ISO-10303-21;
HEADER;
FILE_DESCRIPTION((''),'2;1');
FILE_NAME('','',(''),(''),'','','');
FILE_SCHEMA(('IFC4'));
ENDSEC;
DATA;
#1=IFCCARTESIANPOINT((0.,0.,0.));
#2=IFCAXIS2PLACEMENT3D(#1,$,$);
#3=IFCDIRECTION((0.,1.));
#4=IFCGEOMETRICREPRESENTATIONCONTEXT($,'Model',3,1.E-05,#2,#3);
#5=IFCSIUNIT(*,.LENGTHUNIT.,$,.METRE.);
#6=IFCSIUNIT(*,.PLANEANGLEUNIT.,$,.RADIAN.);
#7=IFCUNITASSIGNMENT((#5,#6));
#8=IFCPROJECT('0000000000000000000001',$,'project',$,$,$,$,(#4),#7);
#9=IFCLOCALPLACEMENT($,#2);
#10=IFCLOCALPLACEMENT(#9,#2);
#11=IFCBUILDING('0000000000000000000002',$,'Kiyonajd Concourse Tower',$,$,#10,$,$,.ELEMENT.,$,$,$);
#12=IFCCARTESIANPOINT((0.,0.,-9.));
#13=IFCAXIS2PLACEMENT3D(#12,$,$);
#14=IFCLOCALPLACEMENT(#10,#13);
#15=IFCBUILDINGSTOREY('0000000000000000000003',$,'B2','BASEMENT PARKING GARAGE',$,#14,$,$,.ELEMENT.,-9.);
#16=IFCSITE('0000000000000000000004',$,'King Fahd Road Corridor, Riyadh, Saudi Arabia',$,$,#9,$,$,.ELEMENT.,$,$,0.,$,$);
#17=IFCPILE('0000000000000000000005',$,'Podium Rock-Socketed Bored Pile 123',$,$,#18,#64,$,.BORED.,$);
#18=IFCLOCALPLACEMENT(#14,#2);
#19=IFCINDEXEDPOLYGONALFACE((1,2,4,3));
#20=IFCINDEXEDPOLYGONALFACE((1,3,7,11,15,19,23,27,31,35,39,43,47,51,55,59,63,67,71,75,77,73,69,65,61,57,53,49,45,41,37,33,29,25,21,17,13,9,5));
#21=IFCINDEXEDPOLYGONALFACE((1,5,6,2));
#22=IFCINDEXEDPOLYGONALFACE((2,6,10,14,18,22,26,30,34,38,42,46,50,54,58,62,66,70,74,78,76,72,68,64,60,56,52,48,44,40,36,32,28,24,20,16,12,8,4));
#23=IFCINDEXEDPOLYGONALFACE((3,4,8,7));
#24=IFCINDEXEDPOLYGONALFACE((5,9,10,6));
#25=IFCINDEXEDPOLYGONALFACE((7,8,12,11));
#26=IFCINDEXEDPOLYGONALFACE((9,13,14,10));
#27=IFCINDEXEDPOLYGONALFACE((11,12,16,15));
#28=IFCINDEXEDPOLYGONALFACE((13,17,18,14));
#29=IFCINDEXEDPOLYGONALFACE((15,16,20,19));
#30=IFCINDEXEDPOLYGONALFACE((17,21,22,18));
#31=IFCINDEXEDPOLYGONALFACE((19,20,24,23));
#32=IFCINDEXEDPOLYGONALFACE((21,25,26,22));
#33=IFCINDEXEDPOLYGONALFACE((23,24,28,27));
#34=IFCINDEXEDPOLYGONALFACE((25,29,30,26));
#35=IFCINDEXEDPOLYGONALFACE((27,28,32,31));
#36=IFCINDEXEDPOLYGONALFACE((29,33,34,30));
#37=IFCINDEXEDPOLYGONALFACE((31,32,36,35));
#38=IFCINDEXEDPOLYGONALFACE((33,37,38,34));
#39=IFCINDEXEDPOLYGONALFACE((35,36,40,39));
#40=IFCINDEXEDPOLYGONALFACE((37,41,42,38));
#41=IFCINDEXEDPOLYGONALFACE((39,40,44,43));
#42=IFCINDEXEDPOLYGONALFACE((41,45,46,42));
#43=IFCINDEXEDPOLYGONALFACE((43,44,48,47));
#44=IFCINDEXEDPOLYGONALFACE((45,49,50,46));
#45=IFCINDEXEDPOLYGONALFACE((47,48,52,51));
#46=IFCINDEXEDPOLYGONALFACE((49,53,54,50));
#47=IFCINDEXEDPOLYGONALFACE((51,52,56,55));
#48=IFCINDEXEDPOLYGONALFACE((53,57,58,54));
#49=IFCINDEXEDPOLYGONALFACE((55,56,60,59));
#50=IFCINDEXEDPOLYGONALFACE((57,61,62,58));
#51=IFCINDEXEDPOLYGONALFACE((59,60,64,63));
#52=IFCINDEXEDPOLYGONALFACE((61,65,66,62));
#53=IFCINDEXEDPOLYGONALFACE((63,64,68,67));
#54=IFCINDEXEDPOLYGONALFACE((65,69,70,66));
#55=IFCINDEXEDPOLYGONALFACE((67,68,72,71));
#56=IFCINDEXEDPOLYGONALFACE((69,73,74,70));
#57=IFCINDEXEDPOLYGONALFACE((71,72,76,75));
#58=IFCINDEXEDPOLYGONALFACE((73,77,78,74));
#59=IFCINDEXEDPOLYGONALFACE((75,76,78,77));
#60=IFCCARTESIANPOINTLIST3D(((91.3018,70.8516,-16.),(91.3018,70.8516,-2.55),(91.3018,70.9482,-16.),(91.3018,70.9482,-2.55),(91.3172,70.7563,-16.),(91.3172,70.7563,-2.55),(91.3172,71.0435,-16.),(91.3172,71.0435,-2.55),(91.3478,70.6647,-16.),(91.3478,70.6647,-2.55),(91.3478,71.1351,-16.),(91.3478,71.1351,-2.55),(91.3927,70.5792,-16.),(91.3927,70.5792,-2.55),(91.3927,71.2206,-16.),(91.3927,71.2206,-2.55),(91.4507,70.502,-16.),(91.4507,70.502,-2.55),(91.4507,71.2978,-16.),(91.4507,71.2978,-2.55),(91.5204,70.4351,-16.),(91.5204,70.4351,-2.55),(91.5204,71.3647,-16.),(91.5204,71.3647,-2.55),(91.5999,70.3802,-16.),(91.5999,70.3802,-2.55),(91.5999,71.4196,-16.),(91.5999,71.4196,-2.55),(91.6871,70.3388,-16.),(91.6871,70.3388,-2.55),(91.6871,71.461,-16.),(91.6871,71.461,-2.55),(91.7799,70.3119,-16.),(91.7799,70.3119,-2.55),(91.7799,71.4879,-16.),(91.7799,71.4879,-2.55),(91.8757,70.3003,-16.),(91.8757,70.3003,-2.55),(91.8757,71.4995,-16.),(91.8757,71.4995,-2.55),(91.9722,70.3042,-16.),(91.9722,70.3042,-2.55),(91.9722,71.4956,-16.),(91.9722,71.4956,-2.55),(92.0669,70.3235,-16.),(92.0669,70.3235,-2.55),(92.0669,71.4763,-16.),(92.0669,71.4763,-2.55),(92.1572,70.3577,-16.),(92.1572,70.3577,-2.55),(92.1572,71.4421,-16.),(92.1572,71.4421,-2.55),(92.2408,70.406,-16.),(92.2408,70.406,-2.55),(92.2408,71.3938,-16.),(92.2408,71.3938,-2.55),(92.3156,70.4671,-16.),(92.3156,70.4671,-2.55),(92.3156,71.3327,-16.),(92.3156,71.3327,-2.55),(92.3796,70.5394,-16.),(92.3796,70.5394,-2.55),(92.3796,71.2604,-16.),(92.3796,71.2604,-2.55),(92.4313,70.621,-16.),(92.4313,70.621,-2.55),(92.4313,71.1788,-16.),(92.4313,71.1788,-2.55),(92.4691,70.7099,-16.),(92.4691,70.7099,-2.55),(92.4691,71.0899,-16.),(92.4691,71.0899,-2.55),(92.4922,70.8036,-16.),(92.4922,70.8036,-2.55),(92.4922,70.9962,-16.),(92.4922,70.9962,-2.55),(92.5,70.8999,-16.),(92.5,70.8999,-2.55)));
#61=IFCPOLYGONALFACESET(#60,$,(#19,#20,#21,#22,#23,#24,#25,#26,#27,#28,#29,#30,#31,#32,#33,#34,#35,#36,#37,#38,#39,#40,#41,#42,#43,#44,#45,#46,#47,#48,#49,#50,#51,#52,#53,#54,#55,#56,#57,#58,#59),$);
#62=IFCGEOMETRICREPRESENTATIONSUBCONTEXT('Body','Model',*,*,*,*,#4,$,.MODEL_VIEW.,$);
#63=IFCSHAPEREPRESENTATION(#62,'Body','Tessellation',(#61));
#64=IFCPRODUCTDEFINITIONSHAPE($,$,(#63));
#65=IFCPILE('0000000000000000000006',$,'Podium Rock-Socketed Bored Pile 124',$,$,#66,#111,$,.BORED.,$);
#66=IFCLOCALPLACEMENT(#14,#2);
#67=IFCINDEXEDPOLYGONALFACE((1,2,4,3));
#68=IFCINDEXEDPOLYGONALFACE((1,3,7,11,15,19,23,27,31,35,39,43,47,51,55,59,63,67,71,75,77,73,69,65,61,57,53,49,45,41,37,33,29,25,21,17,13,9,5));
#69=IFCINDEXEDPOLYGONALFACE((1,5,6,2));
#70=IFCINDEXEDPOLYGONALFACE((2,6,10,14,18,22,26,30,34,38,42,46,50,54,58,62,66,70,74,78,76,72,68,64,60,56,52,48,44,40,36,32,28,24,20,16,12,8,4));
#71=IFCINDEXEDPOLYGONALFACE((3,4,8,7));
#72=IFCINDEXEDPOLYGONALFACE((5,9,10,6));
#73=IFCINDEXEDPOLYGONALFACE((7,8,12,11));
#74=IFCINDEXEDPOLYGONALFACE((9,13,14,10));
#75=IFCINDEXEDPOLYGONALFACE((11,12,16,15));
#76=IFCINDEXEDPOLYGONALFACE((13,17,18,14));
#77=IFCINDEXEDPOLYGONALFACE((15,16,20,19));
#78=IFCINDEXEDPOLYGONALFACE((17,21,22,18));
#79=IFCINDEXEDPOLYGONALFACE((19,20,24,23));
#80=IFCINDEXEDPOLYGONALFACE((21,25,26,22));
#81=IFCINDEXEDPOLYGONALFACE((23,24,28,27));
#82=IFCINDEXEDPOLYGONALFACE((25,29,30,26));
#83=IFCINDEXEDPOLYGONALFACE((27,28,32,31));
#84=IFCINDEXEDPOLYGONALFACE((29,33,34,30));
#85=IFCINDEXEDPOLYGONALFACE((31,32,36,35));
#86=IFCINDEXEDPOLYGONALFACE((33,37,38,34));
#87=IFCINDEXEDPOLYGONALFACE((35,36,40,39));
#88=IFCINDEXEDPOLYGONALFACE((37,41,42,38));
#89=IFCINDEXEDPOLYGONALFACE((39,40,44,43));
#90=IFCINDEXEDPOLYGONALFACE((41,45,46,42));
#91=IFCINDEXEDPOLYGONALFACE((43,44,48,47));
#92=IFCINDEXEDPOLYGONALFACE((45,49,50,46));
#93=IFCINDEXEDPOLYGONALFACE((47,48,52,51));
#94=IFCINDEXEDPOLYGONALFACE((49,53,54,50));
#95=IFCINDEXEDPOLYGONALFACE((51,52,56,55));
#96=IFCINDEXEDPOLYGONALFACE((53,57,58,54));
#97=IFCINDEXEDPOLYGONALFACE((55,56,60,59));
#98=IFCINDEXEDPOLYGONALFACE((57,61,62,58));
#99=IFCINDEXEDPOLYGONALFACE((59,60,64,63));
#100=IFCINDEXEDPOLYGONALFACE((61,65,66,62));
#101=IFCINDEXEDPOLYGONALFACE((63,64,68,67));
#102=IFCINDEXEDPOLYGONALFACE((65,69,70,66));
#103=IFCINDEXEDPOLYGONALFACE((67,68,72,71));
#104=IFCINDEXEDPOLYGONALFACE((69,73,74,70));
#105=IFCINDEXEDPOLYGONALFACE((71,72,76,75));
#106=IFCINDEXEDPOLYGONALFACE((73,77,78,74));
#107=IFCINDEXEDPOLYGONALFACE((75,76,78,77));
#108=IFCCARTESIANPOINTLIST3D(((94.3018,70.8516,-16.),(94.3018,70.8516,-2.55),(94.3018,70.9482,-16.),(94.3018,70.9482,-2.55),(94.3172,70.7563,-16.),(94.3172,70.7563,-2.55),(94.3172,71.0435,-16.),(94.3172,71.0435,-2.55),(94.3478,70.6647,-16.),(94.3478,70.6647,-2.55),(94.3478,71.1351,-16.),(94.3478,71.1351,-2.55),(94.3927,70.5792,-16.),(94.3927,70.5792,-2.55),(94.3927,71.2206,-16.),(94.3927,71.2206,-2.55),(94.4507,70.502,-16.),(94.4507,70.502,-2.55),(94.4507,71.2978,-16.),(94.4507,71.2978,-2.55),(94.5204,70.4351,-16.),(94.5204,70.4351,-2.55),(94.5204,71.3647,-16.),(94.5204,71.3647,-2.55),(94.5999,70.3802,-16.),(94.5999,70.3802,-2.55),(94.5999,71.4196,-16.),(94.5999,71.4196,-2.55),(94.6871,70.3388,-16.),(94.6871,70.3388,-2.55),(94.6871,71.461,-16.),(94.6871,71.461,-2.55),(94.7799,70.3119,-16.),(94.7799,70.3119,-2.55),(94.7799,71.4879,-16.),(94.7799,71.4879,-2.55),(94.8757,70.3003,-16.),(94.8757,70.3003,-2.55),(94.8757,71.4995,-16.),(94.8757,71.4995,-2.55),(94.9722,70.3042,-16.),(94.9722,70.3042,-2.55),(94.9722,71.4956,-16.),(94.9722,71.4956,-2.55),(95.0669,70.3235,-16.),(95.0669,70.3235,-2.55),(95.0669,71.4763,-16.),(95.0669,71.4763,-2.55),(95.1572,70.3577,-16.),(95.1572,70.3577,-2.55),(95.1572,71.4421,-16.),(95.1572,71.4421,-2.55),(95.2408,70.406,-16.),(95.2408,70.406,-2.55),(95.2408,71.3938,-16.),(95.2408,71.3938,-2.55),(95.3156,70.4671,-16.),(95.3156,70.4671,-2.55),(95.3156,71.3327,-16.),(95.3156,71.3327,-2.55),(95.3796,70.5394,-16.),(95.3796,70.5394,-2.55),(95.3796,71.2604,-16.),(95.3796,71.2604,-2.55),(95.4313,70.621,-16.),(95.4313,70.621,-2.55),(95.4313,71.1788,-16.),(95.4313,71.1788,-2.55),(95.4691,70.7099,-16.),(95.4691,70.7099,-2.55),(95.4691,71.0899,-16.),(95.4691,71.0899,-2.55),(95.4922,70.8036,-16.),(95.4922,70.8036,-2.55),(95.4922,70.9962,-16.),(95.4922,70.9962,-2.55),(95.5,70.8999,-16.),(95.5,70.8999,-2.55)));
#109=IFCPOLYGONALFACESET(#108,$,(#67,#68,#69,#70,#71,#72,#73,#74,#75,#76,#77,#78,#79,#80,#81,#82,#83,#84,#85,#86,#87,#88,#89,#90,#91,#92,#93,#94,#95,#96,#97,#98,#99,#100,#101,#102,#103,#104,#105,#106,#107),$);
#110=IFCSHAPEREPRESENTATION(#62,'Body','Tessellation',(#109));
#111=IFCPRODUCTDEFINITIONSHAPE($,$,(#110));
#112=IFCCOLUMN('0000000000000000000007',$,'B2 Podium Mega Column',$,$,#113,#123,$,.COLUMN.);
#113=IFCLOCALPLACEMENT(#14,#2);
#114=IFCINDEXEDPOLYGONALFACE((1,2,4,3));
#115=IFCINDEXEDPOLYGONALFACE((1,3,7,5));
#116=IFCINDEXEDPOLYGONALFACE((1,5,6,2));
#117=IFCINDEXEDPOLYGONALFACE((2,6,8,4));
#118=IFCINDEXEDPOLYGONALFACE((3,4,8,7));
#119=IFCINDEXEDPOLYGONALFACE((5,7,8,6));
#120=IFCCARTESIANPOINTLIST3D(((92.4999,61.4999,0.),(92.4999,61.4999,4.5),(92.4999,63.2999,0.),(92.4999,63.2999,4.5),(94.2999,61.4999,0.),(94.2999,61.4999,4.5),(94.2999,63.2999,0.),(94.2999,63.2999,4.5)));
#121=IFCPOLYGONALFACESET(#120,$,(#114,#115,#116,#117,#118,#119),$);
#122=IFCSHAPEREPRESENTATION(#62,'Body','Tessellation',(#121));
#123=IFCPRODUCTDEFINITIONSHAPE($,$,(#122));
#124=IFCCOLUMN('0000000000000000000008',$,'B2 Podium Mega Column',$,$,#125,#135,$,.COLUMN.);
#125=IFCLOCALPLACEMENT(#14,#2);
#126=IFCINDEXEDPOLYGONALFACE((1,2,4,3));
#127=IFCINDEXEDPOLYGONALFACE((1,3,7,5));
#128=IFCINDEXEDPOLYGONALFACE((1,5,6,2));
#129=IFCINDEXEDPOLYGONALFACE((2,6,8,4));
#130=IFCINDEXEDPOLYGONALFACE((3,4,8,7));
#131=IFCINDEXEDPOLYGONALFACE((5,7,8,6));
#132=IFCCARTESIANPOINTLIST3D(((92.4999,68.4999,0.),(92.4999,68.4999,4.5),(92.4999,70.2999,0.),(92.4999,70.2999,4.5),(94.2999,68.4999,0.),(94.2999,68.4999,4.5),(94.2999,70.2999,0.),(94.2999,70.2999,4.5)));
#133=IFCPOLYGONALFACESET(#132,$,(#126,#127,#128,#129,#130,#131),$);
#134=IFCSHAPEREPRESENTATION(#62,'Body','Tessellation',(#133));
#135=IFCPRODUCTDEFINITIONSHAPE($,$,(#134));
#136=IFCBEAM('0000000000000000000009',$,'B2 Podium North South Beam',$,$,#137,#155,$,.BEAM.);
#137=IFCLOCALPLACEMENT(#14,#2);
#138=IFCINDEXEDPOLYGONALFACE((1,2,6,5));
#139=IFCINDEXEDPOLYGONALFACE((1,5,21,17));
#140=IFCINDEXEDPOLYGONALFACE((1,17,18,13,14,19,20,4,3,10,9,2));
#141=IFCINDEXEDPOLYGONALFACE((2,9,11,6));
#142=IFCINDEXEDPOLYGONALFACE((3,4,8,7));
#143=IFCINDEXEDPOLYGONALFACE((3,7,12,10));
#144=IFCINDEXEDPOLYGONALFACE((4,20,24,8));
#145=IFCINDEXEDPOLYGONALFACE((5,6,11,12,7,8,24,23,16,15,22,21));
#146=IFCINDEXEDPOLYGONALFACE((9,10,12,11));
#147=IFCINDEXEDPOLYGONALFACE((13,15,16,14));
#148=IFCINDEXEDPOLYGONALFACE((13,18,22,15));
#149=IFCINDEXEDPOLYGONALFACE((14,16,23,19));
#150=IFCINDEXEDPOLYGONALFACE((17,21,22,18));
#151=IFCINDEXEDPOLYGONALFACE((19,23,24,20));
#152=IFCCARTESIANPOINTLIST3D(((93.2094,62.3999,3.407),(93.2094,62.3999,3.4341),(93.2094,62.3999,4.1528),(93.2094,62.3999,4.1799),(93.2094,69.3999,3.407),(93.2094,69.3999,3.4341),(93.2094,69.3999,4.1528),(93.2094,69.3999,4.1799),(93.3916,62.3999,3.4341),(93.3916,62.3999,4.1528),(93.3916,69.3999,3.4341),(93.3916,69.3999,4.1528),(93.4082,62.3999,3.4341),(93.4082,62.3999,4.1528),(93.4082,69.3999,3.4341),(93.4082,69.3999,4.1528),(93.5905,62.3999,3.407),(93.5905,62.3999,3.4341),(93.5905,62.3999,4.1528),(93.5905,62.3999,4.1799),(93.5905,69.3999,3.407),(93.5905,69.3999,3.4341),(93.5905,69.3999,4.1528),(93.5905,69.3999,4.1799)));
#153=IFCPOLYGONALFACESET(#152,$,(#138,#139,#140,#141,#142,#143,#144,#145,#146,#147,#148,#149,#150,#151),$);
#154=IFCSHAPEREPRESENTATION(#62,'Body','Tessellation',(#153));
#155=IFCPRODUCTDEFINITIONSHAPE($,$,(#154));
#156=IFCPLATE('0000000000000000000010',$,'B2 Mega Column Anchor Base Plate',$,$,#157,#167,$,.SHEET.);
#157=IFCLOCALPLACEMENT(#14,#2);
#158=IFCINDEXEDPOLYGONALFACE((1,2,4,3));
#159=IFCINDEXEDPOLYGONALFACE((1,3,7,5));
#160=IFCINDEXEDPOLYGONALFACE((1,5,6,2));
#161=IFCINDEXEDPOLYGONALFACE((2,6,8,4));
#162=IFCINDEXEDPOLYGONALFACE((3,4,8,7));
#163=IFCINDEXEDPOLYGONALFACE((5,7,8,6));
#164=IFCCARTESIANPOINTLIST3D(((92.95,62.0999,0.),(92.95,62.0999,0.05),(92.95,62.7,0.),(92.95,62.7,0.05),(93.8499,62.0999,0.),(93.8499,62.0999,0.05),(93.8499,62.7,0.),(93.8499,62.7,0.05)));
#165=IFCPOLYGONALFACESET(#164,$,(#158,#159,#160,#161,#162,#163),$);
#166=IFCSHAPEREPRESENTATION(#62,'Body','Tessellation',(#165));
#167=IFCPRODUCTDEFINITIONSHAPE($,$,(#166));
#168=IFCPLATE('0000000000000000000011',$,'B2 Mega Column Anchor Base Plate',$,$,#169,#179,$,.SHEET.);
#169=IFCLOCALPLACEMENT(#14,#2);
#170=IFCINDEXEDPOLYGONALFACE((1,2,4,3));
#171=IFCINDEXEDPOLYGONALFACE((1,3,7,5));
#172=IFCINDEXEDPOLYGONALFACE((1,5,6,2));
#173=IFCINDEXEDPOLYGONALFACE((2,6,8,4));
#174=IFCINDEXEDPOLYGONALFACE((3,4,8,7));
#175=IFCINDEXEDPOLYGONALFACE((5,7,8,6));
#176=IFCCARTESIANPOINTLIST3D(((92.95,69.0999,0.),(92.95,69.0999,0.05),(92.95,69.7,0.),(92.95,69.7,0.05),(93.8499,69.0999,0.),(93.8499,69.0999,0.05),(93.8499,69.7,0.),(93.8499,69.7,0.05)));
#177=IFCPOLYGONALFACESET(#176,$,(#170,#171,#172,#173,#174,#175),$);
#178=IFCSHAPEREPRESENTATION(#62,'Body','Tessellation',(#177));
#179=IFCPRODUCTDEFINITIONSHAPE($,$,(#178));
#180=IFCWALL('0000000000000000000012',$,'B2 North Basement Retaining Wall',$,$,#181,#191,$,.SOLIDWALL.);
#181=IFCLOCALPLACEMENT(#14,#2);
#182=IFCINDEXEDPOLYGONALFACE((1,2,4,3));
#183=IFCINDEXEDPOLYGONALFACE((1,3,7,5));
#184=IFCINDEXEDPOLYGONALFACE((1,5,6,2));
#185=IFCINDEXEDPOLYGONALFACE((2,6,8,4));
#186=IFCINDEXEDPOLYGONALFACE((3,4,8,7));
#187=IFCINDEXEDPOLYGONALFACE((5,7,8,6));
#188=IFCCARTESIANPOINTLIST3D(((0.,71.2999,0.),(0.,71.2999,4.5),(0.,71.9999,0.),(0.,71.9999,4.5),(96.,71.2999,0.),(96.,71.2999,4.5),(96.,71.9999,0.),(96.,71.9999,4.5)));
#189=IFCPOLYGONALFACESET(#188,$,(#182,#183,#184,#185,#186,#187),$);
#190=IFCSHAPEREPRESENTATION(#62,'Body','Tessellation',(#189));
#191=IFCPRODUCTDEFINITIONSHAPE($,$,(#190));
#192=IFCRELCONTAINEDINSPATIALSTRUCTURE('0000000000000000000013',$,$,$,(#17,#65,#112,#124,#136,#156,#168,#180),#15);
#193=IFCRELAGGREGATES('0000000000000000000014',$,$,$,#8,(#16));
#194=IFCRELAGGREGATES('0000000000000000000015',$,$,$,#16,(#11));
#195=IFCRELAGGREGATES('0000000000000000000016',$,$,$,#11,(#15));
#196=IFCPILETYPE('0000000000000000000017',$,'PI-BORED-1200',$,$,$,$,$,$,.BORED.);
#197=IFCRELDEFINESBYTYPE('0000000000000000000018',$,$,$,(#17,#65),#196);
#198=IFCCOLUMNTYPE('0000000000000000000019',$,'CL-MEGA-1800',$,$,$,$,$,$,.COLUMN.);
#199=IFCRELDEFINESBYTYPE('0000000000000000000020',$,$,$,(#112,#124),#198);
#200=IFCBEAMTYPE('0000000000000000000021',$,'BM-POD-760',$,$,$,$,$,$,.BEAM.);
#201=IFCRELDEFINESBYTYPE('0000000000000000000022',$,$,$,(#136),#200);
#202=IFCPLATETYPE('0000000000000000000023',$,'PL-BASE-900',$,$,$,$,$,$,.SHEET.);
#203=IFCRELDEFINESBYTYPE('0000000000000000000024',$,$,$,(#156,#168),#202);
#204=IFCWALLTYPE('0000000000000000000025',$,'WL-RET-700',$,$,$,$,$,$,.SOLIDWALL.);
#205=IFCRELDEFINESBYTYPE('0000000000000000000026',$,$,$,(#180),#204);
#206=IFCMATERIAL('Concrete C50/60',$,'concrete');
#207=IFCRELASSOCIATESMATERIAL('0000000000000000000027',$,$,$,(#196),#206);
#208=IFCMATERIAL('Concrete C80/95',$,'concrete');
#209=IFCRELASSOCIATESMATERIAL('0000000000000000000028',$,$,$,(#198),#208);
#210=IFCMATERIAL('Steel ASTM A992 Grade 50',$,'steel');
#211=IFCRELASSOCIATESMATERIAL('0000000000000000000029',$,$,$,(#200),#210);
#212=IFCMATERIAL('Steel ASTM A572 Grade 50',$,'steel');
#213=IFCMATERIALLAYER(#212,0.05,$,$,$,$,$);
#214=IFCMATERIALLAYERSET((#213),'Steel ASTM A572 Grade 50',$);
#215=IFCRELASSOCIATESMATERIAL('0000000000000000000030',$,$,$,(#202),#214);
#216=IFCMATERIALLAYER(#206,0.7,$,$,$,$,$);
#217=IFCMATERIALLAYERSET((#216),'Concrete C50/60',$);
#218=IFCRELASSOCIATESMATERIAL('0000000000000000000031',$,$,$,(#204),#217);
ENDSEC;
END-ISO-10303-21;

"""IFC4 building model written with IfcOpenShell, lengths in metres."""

from ifc_helpers import new_model, si_unit, direction, frame, frame_2d, origin, origin_2d, place, context, subcontext, project, spatial, rectangle, circle, i_section, extrude, material, layer, layer_set, material_profile, profile_set, type_object, element, save


model = new_model("IFC4")

# Units and contexts
model_context = context("Model", 3, precision=1e-05, world=origin(), true_north=direction((0.0, 1.0)))
body_context = subcontext(model_context, "Body", "Model", "MODEL_VIEW")
ifc_project = project(units=[si_unit("LENGTHUNIT", "METRE"), si_unit("PLANEANGLEUNIT", "RADIAN")], contexts=[model_context])

# Site, building, storey
site_placement = place(None, origin())
site = spatial("IfcSite", under=ifc_project, at=site_placement, Name="King Fahd Road Corridor, Riyadh, Saudi Arabia", CompositionType="ELEMENT", RefElevation=0.0)
building_placement = place(site_placement, origin())
building = spatial("IfcBuilding", under=site, at=building_placement, Name="Kiyonajd Concourse Tower", CompositionType="ELEMENT")
storey_placement = place(building_placement, frame((0.0, 0.0, -9.0)))
storey = spatial("IfcBuildingStorey", under=building, at=storey_placement, Name="B2", Description="BASEMENT PARKING GARAGE", CompositionType="ELEMENT", Elevation=-9.0)

# Shared definitions
ifc_material_1 = material(Name="Concrete C50/60", Category="concrete")

# Piles
ifc_material_profile_1 = material_profile(ifc_material_1, circle(Radius=0.6001, at=origin_2d()), Name="PILE-D1200")
ifc_profile_set_1 = profile_set([ifc_material_profile_1], Name="Concrete C50/60")
pile_type = type_object("IfcPileType", Name="PI-BORED-1200", PredefinedType="BORED", material=ifc_profile_set_1)
for number, where, z_axis, x_axis, name in (
    (1, (91.8999, 70.8999, -2.55), (0.0, 0.0, -1.0), (1.0, 0.0, 0.0), "Podium Rock-Socketed Bored Pile 123"),
    (2, (94.8999, 70.8999, -2.55), (0.0, 0.0, -1.0), (1.0, 0.0, 0.0), "Podium Rock-Socketed Bored Pile 124"),
):
    element("IfcPile", number, at=place(storey_placement, frame(where, z_axis=z_axis, x_axis=x_axis)), inside=storey, type_object=pile_type, Name=name, PredefinedType="BORED", context=body_context, shape_type="SweptSolid", body=[
        extrude(circle(Radius=0.6001, at=origin_2d()), origin(), (0.0, 0.0, 1.0), 13.45),
    ])

# Columns
ifc_material_2 = material(Name="Concrete C80/95", Category="concrete")
ifc_material_profile_2 = material_profile(ifc_material_2, rectangle(XDim=1.8, YDim=1.8, at=origin_2d()), Name="RC-1800x1800")
ifc_profile_set_2 = profile_set([ifc_material_profile_2], Name="Concrete C80/95")
column_type = type_object("IfcColumnType", Name="CL-MEGA-1800", PredefinedType="COLUMN", material=ifc_profile_set_2)
for number, where, z_axis, x_axis, name in (
    (3, (93.3999, 62.3999, 0.0), (0.0, 0.0, 1.0), (1.0, 0.0, 0.0), "B2 Podium Mega Column"),
    (4, (93.3999, 69.3999, 0.0), (0.0, 0.0, 1.0), (1.0, 0.0, 0.0), "B2 Podium Mega Column"),
):
    element("IfcColumn", number, at=place(storey_placement, frame(where, z_axis=z_axis, x_axis=x_axis)), inside=storey, type_object=column_type, Name=name, PredefinedType="COLUMN", context=body_context, shape_type="SweptSolid", body=[
        extrude(rectangle(XDim=1.8, YDim=1.8, at=origin_2d()), origin(), (0.0, 0.0, 1.0), 4.5),
    ])

# Beam
ifc_material_3 = material(Name="Steel ASTM A992 Grade 50", Category="steel")
ifc_material_profile_3 = material_profile(ifc_material_3, i_section(OverallWidth=0.3811, OverallDepth=0.7729, WebThickness=0.0166, FlangeThickness=0.0271, at=origin_2d()), Name="W760X257")
ifc_profile_set_3 = profile_set([ifc_material_profile_3], Name="Steel ASTM A992 Grade 50")
beam_type = type_object("IfcBeamType", Name="BM-POD-760", PredefinedType="BEAM", material=ifc_profile_set_3)
beam_placement = place(storey_placement, frame((93.3999, 62.3999, 3.7935), z_axis=(0.0, 1.0, 0.0), x_axis=(-1.0, 0.0, 0.0)))
element("IfcBeam", 5, at=beam_placement, inside=storey, type_object=beam_type, Name="B2 Podium North South Beam", PredefinedType="BEAM", context=body_context, shape_type="SweptSolid", body=[
    extrude(i_section(OverallWidth=0.3811, OverallDepth=0.7729, WebThickness=0.0166, FlangeThickness=0.0271, at=origin_2d()), origin(), (0.0, 0.0, 1.0), 7.0),
])

# Plates
ifc_material_4 = material(Name="Steel ASTM A572 Grade 50", Category="steel")
ifc_layer_1 = layer(ifc_material_4, 0.05)
ifc_layer_set_1 = layer_set([ifc_layer_1], Name="Steel ASTM A572 Grade 50")
plate_type = type_object("IfcPlateType", Name="PL-BASE-900", PredefinedType="SHEET", material=ifc_layer_set_1)
for number, where, z_axis, x_axis, name in (
    (6, (93.3999, 62.3999, 0.0), (0.0, 0.0, 1.0), (1.0, 0.0, 0.0), "B2 Mega Column Anchor Base Plate"),
    (7, (93.3999, 69.3999, 0.0), (0.0, 0.0, 1.0), (1.0, 0.0, 0.0), "B2 Mega Column Anchor Base Plate"),
):
    element("IfcPlate", number, at=place(storey_placement, frame(where, z_axis=z_axis, x_axis=x_axis)), inside=storey, type_object=plate_type, Name=name, PredefinedType="SHEET", context=body_context, shape_type="SweptSolid", body=[
        extrude(rectangle(XDim=0.8999, YDim=0.6001, at=origin_2d()), origin(), (0.0, 0.0, 1.0), 0.05),
    ])

# Wall
ifc_layer_2 = layer(ifc_material_1, 0.7)
ifc_layer_set_2 = layer_set([ifc_layer_2], Name="Concrete C50/60")
wall_type = type_object("IfcWallType", Name="WL-RET-700", PredefinedType="SOLIDWALL", material=ifc_layer_set_2)
wall_placement = place(storey_placement, frame((96.0, 71.6499, 0.0), z_axis=(0.0, 0.0, 1.0), x_axis=(-1.0, 0.0, 0.0)))
element("IfcWall", 8, at=wall_placement, inside=storey, type_object=wall_type, Name="B2 North Basement Retaining Wall", PredefinedType="SOLIDWALL", context=body_context, shape_type="SweptSolid", body=[
    extrude(rectangle(XDim=96.0, YDim=0.7, at=frame_2d((48.0, 0.0))), origin(), (0.0, 0.0, 1.0), 4.5),
])

save(model, "model.ifc")
